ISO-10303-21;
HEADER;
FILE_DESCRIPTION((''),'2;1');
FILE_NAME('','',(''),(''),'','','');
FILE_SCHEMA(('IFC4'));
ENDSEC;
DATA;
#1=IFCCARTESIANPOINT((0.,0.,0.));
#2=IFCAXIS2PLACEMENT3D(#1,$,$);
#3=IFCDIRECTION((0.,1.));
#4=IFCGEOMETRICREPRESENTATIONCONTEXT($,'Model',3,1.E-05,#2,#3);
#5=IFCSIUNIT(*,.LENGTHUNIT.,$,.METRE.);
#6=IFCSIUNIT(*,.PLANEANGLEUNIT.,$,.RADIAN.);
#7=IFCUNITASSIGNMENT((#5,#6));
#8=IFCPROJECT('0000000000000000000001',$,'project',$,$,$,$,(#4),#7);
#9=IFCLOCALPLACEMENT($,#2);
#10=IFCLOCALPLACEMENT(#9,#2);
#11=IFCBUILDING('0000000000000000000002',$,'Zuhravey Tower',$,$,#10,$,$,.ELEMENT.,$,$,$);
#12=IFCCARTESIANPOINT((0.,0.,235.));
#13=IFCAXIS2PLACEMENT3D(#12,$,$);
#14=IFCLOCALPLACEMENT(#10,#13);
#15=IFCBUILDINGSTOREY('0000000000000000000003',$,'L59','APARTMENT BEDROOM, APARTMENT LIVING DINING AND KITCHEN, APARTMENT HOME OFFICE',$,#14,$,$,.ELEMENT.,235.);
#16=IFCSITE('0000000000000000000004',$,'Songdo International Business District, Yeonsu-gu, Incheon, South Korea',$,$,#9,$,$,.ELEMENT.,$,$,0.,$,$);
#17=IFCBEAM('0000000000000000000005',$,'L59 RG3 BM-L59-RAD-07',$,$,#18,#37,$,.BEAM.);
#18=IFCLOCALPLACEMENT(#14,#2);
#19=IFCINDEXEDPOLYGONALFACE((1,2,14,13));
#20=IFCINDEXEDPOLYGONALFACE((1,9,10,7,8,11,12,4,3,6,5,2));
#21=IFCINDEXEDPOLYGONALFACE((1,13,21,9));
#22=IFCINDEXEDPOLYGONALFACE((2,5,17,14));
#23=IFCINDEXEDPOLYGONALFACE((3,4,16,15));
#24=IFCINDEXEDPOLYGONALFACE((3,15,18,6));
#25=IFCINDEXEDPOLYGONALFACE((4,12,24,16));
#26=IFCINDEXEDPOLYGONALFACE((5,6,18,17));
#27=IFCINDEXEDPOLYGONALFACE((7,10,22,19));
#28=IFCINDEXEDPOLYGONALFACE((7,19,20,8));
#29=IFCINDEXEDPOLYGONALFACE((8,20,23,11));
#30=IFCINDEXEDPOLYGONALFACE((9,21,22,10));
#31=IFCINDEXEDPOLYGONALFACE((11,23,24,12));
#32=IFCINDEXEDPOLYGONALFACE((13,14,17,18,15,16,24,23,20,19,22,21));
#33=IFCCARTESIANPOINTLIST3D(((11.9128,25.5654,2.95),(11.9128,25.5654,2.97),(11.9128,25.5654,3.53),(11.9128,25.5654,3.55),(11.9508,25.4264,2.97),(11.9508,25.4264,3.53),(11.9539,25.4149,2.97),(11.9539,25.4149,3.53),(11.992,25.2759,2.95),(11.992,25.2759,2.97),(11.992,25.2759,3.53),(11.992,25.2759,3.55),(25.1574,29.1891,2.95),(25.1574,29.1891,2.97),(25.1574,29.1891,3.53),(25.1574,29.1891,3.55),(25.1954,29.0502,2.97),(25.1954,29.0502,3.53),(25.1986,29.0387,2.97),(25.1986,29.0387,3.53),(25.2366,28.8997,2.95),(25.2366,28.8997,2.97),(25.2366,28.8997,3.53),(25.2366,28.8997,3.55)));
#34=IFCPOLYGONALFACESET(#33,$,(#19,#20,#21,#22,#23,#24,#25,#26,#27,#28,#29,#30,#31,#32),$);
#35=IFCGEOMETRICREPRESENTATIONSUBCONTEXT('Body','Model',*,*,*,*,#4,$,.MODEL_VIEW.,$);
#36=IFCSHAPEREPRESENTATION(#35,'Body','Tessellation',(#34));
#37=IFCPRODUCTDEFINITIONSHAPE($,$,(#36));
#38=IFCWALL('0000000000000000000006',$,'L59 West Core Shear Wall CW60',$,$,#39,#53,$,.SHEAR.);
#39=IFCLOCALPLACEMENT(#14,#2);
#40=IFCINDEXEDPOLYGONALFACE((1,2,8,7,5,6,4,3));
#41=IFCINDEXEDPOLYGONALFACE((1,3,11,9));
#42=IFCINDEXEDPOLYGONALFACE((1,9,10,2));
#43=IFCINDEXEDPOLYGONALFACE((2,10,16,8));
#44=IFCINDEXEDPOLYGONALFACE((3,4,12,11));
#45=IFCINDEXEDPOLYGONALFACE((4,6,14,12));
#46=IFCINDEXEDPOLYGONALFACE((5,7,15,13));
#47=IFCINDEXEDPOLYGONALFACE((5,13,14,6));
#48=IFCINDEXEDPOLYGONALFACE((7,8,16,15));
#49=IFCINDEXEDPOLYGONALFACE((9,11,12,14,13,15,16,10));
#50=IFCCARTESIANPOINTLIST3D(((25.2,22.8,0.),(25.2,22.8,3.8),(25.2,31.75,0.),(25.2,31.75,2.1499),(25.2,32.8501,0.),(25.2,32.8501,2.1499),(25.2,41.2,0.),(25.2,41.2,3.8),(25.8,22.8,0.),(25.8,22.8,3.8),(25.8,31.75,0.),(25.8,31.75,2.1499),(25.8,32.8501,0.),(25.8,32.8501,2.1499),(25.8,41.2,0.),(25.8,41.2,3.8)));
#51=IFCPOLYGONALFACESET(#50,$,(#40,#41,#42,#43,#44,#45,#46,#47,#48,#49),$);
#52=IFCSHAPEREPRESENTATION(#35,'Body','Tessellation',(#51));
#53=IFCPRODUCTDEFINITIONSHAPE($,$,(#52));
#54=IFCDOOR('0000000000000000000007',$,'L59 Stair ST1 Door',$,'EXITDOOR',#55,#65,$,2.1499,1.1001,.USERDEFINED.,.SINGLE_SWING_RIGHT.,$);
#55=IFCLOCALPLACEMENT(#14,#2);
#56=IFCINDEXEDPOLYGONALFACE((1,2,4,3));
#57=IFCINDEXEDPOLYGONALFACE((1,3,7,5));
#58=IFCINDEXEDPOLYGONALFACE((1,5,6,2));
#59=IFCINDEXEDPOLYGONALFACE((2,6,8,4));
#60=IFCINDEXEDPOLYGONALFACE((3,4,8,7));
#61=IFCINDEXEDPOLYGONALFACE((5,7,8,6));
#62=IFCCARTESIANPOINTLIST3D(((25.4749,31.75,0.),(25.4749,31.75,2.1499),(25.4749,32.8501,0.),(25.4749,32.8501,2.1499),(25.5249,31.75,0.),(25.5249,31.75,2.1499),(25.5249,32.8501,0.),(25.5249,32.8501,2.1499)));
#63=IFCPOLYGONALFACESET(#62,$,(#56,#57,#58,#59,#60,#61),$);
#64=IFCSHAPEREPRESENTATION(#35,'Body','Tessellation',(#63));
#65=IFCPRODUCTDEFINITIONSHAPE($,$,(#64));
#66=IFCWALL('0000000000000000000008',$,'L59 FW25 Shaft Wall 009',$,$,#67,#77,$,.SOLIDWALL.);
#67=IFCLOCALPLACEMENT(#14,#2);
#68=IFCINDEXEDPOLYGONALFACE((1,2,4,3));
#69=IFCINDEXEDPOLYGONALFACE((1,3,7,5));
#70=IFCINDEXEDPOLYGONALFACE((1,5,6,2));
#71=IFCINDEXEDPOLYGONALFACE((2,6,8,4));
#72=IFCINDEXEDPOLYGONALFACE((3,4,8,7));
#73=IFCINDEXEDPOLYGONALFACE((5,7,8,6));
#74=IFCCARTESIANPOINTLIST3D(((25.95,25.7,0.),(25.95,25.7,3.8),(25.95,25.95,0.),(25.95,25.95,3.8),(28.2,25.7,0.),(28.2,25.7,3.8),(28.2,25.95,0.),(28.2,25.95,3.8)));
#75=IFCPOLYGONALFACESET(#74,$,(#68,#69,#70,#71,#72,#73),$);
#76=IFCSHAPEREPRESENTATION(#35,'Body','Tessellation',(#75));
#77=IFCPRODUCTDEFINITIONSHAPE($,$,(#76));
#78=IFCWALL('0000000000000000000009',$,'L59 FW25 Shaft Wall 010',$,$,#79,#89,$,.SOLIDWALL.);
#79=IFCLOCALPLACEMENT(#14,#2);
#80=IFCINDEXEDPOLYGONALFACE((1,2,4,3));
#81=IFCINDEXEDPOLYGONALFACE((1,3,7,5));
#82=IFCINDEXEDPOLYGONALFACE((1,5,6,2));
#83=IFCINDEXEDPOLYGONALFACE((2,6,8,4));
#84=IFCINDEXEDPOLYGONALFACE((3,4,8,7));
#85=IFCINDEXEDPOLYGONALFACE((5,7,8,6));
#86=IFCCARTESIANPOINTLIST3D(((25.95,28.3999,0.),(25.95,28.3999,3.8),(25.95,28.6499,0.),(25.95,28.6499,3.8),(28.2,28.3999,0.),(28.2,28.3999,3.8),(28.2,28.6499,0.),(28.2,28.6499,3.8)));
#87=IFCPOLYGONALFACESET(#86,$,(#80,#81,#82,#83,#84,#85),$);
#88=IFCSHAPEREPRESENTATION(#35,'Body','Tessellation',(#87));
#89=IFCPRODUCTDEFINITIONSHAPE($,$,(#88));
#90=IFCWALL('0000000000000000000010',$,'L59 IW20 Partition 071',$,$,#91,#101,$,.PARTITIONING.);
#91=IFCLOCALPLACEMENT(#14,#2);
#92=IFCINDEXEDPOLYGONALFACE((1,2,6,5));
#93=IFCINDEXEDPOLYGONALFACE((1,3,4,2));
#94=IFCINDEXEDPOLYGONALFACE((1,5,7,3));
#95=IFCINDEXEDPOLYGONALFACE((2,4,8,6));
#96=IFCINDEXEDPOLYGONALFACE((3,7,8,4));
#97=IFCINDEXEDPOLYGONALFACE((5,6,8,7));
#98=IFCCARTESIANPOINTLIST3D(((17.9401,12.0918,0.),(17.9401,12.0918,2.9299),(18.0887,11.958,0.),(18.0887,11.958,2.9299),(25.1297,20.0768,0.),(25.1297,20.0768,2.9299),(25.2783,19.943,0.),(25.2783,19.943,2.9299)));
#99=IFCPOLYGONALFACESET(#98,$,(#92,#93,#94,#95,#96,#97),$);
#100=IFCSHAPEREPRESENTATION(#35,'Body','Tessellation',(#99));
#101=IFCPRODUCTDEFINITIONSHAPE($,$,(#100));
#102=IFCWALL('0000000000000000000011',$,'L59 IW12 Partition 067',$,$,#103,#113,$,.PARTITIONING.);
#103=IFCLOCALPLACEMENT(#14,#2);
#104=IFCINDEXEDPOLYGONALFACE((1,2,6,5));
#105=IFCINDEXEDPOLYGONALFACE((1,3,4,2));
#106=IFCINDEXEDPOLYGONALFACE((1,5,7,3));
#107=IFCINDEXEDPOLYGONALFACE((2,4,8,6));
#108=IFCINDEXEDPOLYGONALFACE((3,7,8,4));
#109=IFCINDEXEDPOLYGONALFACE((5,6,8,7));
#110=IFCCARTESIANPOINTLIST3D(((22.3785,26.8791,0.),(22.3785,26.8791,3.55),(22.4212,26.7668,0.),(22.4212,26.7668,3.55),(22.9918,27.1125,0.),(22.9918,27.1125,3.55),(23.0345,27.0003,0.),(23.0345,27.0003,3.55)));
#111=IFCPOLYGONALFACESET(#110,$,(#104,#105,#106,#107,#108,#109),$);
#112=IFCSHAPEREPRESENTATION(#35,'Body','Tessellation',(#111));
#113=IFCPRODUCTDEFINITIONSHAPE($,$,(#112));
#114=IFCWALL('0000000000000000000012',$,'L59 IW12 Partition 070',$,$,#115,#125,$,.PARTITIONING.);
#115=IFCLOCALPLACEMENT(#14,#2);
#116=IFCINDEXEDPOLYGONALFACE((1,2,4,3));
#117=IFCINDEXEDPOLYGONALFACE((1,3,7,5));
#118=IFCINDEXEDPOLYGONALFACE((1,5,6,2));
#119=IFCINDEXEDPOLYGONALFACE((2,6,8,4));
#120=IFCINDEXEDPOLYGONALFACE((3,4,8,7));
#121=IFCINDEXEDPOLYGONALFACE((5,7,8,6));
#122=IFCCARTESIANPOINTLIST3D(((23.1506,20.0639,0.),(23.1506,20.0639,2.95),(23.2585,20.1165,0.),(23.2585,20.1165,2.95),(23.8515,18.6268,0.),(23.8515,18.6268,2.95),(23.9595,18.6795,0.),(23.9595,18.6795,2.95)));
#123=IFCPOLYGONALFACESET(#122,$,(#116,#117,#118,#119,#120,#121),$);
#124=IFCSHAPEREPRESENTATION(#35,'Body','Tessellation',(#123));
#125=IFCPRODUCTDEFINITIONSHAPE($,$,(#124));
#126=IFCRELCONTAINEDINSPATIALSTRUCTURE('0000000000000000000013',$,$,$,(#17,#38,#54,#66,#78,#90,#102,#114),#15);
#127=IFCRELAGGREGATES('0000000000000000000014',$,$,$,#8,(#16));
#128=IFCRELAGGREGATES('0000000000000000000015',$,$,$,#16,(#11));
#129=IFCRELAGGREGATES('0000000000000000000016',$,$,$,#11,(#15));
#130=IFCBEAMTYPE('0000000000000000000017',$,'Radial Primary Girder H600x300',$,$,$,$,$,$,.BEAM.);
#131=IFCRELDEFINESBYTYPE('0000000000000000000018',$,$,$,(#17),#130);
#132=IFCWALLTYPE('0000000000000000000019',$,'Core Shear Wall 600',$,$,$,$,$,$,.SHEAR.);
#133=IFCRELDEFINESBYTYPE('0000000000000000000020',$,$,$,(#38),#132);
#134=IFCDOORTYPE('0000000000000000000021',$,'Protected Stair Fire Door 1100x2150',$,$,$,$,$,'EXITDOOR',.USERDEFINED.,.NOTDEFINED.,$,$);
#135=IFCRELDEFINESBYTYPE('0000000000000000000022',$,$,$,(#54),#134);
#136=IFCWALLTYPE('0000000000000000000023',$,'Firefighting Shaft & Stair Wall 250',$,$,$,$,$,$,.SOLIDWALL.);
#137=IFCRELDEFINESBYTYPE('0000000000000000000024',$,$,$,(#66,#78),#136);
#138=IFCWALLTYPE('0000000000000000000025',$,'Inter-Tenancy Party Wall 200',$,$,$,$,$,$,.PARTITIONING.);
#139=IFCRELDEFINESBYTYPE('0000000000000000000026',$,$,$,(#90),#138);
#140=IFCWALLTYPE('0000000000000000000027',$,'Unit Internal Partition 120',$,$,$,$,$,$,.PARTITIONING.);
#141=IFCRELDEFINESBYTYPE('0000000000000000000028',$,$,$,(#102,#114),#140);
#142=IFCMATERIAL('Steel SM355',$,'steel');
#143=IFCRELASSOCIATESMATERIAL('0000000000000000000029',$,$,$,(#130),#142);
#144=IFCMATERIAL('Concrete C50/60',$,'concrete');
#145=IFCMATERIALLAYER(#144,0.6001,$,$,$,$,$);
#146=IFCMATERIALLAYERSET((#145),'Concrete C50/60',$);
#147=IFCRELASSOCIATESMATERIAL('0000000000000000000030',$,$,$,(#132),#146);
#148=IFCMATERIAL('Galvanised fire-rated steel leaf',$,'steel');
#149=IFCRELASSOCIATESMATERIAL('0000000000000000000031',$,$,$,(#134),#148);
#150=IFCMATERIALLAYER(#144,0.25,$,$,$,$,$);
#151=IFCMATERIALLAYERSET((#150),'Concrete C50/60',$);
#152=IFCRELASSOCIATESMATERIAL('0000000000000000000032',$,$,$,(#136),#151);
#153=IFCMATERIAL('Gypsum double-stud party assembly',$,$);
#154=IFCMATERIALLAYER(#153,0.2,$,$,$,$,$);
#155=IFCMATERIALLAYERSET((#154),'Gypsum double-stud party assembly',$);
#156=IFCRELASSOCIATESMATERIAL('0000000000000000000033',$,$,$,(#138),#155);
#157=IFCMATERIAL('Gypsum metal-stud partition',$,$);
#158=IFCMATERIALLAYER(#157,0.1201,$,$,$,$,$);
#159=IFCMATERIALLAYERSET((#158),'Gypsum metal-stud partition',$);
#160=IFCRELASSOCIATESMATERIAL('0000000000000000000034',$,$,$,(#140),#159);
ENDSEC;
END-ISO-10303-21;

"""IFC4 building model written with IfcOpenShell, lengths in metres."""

from ifc_helpers import new_model, si_unit, direction, frame, frame_2d, origin, origin_2d, place, context, subcontext, project, spatial, rectangle, i_section, extrude, material, layer, layer_set, material_profile, profile_set, type_object, element, fill, save


model = new_model("IFC4")

# Units and contexts
model_context = context("Model", 3, precision=1e-05, world=origin(), true_north=direction((0.0, 1.0)))
body_context = subcontext(model_context, "Body", "Model", "MODEL_VIEW")
ifc_project = project(units=[si_unit("LENGTHUNIT", "METRE"), si_unit("PLANEANGLEUNIT", "RADIAN")], contexts=[model_context])

# Site, building, storey
site_placement = place(None, origin())
site = spatial("IfcSite", under=ifc_project, at=site_placement, Name="Songdo International Business District, Yeonsu-gu, Incheon, South Korea", CompositionType="ELEMENT", RefElevation=0.0)
building_placement = place(site_placement, origin())
building = spatial("IfcBuilding", under=site, at=building_placement, Name="Zuhravey Tower", CompositionType="ELEMENT")
storey_placement = place(building_placement, frame((0.0, 0.0, 235.0)))
storey = spatial("IfcBuildingStorey", under=building, at=storey_placement, Name="L59", Description="APARTMENT BEDROOM, APARTMENT LIVING DINING AND KITCHEN, APARTMENT HOME OFFICE", CompositionType="ELEMENT", Elevation=235.0)

# Beam
ifc_material_1 = material(Name="Steel SM355", Category="steel")
ifc_material_profile = material_profile(ifc_material_1, i_section(OverallWidth=0.3, OverallDepth=0.6001, WebThickness=0.012, FlangeThickness=0.02, at=origin_2d()), Name="H-600x300x12x20")
ifc_profile_set = profile_set([ifc_material_profile], Name="Steel SM355")
beam_type = type_object("IfcBeamType", Name="Radial Primary Girder H600x300", PredefinedType="BEAM", material=ifc_profile_set)
beam_placement = place(storey_placement, frame((25.197, 29.0444, 3.25), z_axis=(-0.964549, -0.263904, 0.0), x_axis=(0.263904, -0.964549, 0.0)))
element("IfcBeam", 1, at=beam_placement, inside=storey, type_object=beam_type, Name="L59 RG3 BM-L59-RAD-07", PredefinedType="BEAM", context=body_context, shape_type="SweptSolid", body=[
    extrude(i_section(OverallWidth=0.3, OverallDepth=0.6001, WebThickness=0.012, FlangeThickness=0.02, at=origin_2d()), origin(), (0.0, 0.0, 1.0), 13.7314),
])

# Wall, opening, door
ifc_material_2 = material(Name="Concrete C50/60", Category="concrete")
ifc_layer_1 = layer(ifc_material_2, 0.6001)
ifc_layer_set_1 = layer_set([ifc_layer_1], Name="Concrete C50/60")
wall_type_1 = type_object("IfcWallType", Name="Core Shear Wall 600", PredefinedType="SHEAR", material=ifc_layer_set_1)
ifc_material_3 = material(Name="Galvanised fire-rated steel leaf", Category="steel")
wall_1_placement = place(storey_placement, frame((25.5, 22.8, 0.0), z_axis=(0.0, 0.0, 1.0), x_axis=(0.0, 1.0, 0.0)))
wall_1 = element("IfcWall", 2, at=wall_1_placement, inside=storey, type_object=wall_type_1, Name="L59 West Core Shear Wall CW60", PredefinedType="SHEAR", context=body_context, shape_type="SweptSolid", body=[
    extrude(rectangle(XDim=18.3999, YDim=0.6001, at=frame_2d((9.2, 0.0))), origin(), (0.0, 0.0, 1.0), 3.8),
])
opening_1_placement = place(wall_1_placement, frame((8.95, 0.0, 0.0)))
opening_1 = element("IfcOpeningElement", 3, at=opening_1_placement, cuts=wall_1, PredefinedType="OPENING", context=body_context, shape_type="SweptSolid", body=[
    extrude(rectangle(XDim=1.1001, YDim=2.1499, at=frame_2d((0.55, 1.075))), frame((0.0, 0.312, 0.0), z_axis=(0.0, -1.0, 0.0), x_axis=(1.0, 0.0, 0.0)), (0.0, 0.0, 1.0), 0.624),
])
door_type_1 = type_object("IfcDoorType", Name="Protected Stair Fire Door 1100x2150", ElementType="EXITDOOR", OperationType="NOTDEFINED", PredefinedType="USERDEFINED", material=ifc_material_3)
door_1_placement = place(opening_1_placement, frame((1.1001, 0.0, 0.0), z_axis=(0.0, 0.0, 1.0), x_axis=(-1.0, 0.0, 0.0)))
door_1 = element("IfcDoor", 4, at=door_1_placement, inside=storey, type_object=door_type_1, Name="L59 Stair ST1 Door", ObjectType="EXITDOOR", OperationType="SINGLE_SWING_RIGHT", OverallHeight=2.1499, OverallWidth=1.1001, PredefinedType="USERDEFINED", context=body_context, shape_type="SweptSolid", body=[
    extrude(rectangle(XDim=1.1001, YDim=2.1499, at=frame_2d((0.55, 1.075))), frame((0.0, 0.0249, 0.0), z_axis=(0.0, -1.0, 0.0), x_axis=(1.0, 0.0, 0.0)), (0.0, 0.0, 1.0), 0.05),
])
fill(opening_1, door_1)

# Shared definitions
ifc_layer_2 = layer(ifc_material_2, 0.25)
ifc_layer_set_2 = layer_set([ifc_layer_2], Name="Concrete C50/60")
wall_type_2 = type_object("IfcWallType", Name="Firefighting Shaft & Stair Wall 250", PredefinedType="SOLIDWALL", material=ifc_layer_set_2)

# Walls
for number, where, z_axis, x_axis, name in (
    (5, (25.95, 25.825, 0.0), (0.0, 0.0, 1.0), (1.0, 0.0, 0.0), "L59 FW25 Shaft Wall 009"),
    (6, (25.95, 28.5249, 0.0), (0.0, 0.0, 1.0), (1.0, 0.0, 0.0), "L59 FW25 Shaft Wall 010"),
):
    element("IfcWall", number, at=place(storey_placement, frame(where, z_axis=z_axis, x_axis=x_axis)), inside=storey, type_object=wall_type_2, Name=name, PredefinedType="SOLIDWALL", context=body_context, shape_type="SweptSolid", body=[
        extrude(rectangle(XDim=2.25, YDim=0.25, at=frame_2d((1.125, 0.0))), origin(), (0.0, 0.0, 1.0), 3.8),
    ])
ifc_material_4 = material(Name="Gypsum double-stud party assembly")
ifc_layer_3 = layer(ifc_material_4, 0.2)
ifc_layer_set_3 = layer_set([ifc_layer_3], Name="Gypsum double-stud party assembly")
wall_type_3 = type_object("IfcWallType", Name="Inter-Tenancy Party Wall 200", PredefinedType="PARTITIONING", material=ifc_layer_set_3)
wall_2_placement = place(storey_placement, frame((25.2041, 20.01, 0.0), z_axis=(0.0, 0.0, 1.0), x_axis=(-0.669124, -0.743151, 0.0)))
element("IfcWall", 7, at=wall_2_placement, inside=storey, type_object=wall_type_3, Name="L59 IW20 Partition 071", PredefinedType="PARTITIONING", context=body_context, shape_type="SweptSolid", body=[
    extrude(rectangle(XDim=10.7449, YDim=0.2, at=frame_2d((5.3726, 0.0))), origin(), (0.0, 0.0, 1.0), 2.9299),
])
ifc_material_5 = material(Name="Gypsum metal-stud partition")
ifc_layer_4 = layer(ifc_material_5, 0.1201)
ifc_layer_set_4 = layer_set([ifc_layer_4], Name="Gypsum metal-stud partition")
wall_type_4 = type_object("IfcWallType", Name="Unit Internal Partition 120", PredefinedType="PARTITIONING", material=ifc_layer_set_4)
wall_3_placement = place(storey_placement, frame((23.0132, 27.0564, 0.0), z_axis=(0.0, 0.0, 1.0), x_axis=(-0.934606, -0.355686, 0.0)))
element("IfcWall", 8, at=wall_3_placement, inside=storey, type_object=wall_type_4, Name="L59 IW12 Partition 067", PredefinedType="PARTITIONING", context=body_context, shape_type="SweptSolid", body=[
    extrude(rectangle(XDim=0.6562, YDim=0.1201, at=frame_2d((0.3281, 0.0))), origin(), (0.0, 0.0, 1.0), 3.55),
])
wall_4_placement = place(storey_placement, frame((23.2046, 20.0901, 0.0), z_axis=(0.0, 0.0, 1.0), x_axis=(0.438397, -0.898782, 0.0)))
element("IfcWall", 9, at=wall_4_placement, inside=storey, type_object=wall_type_4, Name="L59 IW12 Partition 070", PredefinedType="PARTITIONING", context=body_context, shape_type="SweptSolid", body=[
    extrude(rectangle(XDim=1.5989, YDim=0.1201, at=frame_2d((0.7993, 0.0))), origin(), (0.0, 0.0, 1.0), 2.95),
])

save(model, "model.ifc")
